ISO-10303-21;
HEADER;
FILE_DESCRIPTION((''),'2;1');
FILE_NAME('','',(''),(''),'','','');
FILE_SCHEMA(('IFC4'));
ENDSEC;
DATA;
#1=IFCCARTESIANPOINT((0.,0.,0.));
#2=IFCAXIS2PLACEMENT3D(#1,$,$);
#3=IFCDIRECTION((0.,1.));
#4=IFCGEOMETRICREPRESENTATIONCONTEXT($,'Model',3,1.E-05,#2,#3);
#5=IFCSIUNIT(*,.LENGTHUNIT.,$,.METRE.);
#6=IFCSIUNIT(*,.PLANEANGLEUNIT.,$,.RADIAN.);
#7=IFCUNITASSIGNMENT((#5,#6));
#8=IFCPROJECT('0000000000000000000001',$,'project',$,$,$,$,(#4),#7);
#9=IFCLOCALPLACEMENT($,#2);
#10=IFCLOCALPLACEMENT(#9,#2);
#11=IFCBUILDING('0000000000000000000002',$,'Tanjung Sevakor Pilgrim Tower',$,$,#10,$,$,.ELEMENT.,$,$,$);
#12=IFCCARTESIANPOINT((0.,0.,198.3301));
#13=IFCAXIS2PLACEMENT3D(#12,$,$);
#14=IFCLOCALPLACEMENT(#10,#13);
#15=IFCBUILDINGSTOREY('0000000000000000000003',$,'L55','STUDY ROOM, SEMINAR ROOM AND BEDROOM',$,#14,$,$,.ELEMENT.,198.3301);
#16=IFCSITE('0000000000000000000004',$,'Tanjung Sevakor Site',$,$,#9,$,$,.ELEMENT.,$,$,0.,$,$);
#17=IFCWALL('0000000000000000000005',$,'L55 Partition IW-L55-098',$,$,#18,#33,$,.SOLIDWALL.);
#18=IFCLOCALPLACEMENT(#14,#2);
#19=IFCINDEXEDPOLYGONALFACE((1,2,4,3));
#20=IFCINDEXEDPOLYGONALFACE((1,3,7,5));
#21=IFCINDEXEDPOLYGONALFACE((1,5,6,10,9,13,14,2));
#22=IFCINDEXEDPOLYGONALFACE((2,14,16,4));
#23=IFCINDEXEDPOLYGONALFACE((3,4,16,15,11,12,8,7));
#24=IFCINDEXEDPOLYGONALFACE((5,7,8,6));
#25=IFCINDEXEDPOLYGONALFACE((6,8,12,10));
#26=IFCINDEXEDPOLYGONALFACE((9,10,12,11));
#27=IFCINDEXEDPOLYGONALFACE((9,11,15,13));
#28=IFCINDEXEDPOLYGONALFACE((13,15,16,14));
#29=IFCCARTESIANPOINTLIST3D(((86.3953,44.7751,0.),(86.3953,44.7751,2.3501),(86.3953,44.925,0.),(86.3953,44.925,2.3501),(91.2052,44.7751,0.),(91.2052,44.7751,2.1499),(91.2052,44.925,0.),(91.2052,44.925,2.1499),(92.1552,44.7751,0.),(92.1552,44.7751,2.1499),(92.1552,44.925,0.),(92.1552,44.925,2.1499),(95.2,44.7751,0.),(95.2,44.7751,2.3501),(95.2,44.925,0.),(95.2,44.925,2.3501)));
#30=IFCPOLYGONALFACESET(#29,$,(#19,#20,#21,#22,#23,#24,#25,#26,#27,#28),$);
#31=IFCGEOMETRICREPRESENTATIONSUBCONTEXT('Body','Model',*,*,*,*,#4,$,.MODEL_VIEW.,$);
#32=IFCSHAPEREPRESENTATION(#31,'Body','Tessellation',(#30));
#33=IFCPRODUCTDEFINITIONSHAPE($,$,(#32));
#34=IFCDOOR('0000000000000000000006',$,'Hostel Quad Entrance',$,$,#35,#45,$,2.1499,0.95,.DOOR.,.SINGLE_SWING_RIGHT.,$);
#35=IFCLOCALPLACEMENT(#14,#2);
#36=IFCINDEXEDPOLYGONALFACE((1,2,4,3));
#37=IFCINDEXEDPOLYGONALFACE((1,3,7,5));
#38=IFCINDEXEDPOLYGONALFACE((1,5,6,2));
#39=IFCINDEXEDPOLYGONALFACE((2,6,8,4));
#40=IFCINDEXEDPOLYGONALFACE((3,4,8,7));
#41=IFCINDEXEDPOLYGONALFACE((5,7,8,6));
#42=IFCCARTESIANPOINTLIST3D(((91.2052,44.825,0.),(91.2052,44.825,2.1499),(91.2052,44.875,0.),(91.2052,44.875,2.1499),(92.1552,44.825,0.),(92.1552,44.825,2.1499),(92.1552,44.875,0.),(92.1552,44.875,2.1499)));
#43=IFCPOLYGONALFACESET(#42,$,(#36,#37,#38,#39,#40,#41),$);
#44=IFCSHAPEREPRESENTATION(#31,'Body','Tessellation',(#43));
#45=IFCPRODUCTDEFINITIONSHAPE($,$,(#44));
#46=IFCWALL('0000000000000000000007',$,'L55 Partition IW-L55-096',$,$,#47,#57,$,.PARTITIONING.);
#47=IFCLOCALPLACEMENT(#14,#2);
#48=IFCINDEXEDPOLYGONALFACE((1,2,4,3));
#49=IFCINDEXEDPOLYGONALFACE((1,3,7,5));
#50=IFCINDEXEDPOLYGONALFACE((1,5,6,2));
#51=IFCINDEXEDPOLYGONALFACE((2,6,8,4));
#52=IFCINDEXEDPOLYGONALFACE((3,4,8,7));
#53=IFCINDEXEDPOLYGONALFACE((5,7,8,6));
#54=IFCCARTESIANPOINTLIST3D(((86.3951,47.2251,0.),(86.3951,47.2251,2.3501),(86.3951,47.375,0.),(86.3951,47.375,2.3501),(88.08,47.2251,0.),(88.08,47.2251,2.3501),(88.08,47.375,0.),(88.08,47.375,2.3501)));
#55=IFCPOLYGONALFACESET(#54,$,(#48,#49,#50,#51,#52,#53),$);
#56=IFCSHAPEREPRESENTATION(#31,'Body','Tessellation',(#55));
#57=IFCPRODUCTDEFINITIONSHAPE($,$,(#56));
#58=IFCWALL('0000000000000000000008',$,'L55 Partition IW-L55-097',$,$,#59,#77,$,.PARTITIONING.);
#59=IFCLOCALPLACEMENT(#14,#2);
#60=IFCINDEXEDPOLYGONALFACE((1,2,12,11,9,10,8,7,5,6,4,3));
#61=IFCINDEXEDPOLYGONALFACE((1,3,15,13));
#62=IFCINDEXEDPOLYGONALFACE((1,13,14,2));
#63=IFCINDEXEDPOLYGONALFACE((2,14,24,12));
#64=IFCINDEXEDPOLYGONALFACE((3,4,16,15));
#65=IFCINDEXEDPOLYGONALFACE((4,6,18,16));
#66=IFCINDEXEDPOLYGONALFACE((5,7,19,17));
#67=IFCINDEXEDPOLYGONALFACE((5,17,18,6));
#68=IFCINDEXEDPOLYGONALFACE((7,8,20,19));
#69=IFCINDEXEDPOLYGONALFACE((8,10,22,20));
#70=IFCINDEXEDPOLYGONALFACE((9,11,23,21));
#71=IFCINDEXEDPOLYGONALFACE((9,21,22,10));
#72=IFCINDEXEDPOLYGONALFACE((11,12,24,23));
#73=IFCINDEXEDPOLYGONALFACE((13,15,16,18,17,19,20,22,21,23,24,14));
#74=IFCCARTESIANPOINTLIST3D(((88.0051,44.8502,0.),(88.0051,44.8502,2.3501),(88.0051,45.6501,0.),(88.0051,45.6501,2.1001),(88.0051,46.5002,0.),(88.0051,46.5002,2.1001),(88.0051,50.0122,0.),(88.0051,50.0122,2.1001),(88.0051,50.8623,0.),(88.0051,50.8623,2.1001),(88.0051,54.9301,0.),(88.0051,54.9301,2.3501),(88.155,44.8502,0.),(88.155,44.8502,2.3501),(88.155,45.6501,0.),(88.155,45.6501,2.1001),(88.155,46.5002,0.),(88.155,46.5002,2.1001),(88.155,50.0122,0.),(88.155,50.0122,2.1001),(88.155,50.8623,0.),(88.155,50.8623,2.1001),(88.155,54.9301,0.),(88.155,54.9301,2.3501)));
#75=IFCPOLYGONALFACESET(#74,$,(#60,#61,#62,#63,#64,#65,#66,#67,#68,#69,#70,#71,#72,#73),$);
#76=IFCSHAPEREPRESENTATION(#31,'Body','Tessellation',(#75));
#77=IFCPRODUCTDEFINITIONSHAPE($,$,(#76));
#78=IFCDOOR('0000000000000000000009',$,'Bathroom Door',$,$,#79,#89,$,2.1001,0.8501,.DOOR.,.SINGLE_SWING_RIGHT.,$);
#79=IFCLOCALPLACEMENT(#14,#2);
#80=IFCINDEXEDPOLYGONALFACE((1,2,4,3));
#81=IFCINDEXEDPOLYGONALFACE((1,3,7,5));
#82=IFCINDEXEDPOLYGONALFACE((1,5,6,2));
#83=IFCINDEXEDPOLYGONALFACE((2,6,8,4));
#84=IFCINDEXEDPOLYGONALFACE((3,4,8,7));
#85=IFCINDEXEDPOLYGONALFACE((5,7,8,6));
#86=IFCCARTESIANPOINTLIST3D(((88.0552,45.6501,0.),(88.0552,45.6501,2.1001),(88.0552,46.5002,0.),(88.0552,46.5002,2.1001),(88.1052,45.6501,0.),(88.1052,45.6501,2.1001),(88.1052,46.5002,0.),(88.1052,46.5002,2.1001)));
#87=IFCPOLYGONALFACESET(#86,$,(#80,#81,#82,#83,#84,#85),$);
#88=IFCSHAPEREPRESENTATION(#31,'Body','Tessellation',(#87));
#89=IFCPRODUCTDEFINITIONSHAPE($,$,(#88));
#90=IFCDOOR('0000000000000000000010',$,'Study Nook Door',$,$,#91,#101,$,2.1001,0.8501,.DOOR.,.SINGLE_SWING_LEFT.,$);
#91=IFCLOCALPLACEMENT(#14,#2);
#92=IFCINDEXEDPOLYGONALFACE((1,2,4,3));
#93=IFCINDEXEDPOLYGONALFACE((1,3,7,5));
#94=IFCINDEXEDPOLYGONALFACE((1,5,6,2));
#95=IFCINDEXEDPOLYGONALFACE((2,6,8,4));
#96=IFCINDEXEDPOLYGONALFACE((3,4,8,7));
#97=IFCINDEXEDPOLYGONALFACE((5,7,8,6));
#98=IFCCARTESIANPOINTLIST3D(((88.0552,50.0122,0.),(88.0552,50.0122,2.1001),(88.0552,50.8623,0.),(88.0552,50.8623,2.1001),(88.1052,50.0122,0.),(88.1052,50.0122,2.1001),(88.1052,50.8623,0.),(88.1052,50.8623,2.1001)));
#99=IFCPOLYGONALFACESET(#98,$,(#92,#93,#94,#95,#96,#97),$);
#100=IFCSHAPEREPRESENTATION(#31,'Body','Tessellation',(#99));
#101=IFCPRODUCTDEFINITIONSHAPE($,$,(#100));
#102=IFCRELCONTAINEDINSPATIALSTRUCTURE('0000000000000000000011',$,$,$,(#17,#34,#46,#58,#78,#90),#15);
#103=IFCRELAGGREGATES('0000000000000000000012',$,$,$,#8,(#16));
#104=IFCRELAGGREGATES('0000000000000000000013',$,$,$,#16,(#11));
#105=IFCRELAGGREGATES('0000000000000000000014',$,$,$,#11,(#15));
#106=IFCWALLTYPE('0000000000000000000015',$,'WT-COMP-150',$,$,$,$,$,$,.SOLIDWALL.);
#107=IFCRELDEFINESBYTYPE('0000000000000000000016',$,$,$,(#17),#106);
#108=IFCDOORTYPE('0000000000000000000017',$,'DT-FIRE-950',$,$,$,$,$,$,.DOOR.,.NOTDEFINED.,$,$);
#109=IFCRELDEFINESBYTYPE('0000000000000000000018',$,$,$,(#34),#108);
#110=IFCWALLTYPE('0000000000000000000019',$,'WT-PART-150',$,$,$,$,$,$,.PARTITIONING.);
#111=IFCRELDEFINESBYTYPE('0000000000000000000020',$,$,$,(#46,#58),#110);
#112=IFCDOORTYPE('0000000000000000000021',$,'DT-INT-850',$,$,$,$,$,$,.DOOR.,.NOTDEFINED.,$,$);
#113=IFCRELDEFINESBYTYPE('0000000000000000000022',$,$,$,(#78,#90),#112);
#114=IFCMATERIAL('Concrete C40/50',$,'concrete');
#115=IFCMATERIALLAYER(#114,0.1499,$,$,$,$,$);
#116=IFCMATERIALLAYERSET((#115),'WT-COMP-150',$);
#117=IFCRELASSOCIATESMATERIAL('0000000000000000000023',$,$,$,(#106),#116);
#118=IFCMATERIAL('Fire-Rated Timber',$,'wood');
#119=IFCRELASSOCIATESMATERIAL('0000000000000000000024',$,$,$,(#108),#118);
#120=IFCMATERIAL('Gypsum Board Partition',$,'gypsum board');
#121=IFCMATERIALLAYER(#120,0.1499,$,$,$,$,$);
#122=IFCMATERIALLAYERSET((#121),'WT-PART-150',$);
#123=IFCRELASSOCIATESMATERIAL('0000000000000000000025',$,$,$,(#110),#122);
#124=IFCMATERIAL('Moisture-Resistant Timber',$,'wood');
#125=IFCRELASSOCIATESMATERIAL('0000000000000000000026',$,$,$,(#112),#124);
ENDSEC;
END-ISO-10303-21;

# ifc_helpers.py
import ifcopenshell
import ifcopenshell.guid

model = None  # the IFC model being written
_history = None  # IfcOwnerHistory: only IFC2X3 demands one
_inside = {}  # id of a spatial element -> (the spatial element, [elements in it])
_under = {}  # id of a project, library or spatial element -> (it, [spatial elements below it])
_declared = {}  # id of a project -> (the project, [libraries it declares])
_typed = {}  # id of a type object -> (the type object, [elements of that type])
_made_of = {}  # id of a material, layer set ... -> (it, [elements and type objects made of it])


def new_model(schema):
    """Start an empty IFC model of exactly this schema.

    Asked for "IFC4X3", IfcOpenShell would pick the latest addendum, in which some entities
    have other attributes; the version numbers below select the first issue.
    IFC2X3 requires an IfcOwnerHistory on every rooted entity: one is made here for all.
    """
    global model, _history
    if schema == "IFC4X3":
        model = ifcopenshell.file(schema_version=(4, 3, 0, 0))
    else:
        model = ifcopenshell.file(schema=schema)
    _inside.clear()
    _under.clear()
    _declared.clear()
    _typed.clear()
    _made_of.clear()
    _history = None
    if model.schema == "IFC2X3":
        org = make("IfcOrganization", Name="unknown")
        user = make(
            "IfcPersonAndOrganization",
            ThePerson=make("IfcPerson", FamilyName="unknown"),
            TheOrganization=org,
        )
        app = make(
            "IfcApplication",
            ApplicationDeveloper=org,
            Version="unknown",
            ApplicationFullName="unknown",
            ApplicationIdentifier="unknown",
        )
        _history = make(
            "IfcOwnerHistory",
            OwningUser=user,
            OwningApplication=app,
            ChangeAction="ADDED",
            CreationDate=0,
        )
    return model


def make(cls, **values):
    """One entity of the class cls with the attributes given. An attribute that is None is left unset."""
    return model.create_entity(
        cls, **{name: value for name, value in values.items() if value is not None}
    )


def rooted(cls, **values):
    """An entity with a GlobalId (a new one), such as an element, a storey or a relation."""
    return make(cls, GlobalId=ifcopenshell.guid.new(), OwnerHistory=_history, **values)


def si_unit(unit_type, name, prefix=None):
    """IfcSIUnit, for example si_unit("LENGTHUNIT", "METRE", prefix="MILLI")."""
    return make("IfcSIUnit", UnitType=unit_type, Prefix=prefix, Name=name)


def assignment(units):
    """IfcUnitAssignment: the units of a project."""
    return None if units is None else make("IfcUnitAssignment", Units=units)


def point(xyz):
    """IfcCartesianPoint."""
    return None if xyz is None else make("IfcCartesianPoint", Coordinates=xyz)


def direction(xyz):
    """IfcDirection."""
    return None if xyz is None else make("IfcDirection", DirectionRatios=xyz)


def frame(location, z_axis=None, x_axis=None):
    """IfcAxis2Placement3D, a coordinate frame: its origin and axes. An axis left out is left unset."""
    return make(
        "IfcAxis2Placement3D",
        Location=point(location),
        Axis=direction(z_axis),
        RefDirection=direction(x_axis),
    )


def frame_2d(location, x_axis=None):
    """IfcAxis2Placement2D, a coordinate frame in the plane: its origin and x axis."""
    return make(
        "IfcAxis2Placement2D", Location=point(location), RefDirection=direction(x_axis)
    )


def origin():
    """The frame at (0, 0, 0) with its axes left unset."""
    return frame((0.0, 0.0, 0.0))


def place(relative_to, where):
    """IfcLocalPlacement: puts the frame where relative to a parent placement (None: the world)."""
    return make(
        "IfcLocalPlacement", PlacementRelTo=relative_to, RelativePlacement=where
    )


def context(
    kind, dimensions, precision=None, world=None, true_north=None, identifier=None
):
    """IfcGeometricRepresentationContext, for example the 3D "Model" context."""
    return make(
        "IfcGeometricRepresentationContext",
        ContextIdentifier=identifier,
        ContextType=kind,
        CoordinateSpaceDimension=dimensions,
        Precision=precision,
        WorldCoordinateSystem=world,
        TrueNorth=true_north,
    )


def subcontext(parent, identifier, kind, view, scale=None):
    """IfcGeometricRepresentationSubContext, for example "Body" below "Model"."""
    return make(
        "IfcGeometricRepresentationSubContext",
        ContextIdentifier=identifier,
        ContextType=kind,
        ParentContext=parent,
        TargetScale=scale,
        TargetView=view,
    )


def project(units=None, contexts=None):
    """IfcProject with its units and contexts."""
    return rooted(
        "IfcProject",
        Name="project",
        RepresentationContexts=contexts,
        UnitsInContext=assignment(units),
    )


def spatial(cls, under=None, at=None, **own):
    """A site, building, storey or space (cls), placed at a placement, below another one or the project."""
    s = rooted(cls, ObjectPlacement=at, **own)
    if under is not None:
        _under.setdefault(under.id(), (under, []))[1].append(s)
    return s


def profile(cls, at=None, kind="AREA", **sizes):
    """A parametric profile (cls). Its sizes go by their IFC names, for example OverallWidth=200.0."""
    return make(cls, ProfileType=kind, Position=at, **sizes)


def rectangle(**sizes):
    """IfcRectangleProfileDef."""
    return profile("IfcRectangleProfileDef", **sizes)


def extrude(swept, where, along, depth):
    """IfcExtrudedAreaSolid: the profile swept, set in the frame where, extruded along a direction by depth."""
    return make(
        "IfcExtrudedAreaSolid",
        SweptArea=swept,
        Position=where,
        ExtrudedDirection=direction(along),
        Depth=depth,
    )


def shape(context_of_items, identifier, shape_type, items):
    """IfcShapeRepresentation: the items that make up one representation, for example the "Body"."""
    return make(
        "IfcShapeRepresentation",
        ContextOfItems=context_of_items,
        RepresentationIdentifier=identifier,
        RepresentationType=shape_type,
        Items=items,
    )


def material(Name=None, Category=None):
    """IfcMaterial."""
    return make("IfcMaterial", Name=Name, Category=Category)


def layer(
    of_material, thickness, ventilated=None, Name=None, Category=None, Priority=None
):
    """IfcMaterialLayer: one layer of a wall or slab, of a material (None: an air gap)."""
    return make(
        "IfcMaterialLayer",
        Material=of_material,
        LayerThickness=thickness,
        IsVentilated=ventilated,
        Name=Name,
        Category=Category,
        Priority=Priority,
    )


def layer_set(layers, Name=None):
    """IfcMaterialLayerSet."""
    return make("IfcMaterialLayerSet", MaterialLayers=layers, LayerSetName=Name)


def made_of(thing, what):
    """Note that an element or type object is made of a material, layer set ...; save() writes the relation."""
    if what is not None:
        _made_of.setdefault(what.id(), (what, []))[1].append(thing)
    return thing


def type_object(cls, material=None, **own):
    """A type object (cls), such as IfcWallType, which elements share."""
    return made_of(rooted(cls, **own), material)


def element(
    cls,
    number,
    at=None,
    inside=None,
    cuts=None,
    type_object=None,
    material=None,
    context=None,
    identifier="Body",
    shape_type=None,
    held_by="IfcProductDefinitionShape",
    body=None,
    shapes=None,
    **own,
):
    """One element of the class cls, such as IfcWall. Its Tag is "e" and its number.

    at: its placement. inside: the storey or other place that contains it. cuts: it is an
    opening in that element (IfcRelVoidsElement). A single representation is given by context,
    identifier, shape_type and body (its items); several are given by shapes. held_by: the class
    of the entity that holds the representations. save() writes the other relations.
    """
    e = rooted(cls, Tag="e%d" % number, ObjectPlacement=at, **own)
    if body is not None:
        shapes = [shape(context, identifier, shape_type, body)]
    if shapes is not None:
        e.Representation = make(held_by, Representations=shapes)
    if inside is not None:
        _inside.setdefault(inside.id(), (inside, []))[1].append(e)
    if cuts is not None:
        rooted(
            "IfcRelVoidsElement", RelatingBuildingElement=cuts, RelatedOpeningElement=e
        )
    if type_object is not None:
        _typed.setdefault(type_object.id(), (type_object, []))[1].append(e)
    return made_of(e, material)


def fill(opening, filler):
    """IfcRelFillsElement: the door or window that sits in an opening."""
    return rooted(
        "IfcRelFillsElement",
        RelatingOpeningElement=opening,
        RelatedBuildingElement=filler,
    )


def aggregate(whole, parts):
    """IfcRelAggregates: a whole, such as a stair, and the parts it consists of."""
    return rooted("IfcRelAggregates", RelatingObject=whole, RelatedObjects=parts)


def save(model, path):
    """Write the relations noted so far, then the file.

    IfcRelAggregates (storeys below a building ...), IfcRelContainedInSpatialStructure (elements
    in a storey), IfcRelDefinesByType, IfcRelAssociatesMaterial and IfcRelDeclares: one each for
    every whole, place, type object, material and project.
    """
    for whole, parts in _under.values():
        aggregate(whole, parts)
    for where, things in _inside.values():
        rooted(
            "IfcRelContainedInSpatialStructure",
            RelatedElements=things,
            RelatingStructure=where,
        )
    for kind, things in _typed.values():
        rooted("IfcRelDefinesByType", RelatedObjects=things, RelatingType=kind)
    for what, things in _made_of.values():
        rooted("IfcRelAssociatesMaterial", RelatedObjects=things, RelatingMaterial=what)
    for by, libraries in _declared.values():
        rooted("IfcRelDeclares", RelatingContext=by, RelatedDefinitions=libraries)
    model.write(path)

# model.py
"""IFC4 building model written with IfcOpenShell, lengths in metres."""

from ifc_helpers import new_model, si_unit, direction, frame, frame_2d, origin, place, context, subcontext, project, spatial, rectangle, extrude, material, layer, layer_set, type_object, element, fill, save


model = new_model("IFC4")

# Units and contexts
model_context = context("Model", 3, precision=1e-05, world=origin(), true_north=direction((0.0, 1.0)))
body_context = subcontext(model_context, "Body", "Model", "MODEL_VIEW")
ifc_project = project(units=[si_unit("LENGTHUNIT", "METRE"), si_unit("PLANEANGLEUNIT", "RADIAN")], contexts=[model_context])

# Site, building, storey
site_placement = place(None, origin())
site = spatial("IfcSite", under=ifc_project, at=site_placement, Name="Tanjung Sevakor Site", CompositionType="ELEMENT", RefElevation=0.0)
building_placement = place(site_placement, origin())
building = spatial("IfcBuilding", under=site, at=building_placement, Name="Tanjung Sevakor Pilgrim Tower", CompositionType="ELEMENT")
storey_placement = place(building_placement, frame((0.0, 0.0, 198.3301)))
storey = spatial("IfcBuildingStorey", under=building, at=storey_placement, Name="L55", Description="STUDY ROOM, SEMINAR ROOM AND BEDROOM", CompositionType="ELEMENT", Elevation=198.3301)

# Shared definitions
ifc_material_1 = material(Name="Concrete C40/50", Category="concrete")
ifc_layer_1 = layer(ifc_material_1, 0.1499)
ifc_layer_set_1 = layer_set([ifc_layer_1], Name="WT-COMP-150")
wall_type_1 = type_object("IfcWallType", Name="WT-COMP-150", PredefinedType="SOLIDWALL", material=ifc_layer_set_1)

# Wall, opening, door
wall_1_placement = place(storey_placement, frame((86.3953, 44.8501, 0.0), z_axis=(0.0, 0.0, 1.0), x_axis=(1.0, 0.0, 0.0)))
wall_1 = element("IfcWall", 1, at=wall_1_placement, inside=storey, type_object=wall_type_1, Name="L55 Partition IW-L55-098", PredefinedType="SOLIDWALL", context=body_context, shape_type="SweptSolid", body=[
    extrude(rectangle(XDim=8.8047, YDim=0.1499, at=frame_2d((4.4023, 0.0))), origin(), (0.0, 0.0, 1.0), 2.3501),
])
opening_1_placement = place(wall_1_placement, frame((4.8098, 0.0, 0.0)))
opening_1 = element("IfcOpeningElement", 2, at=opening_1_placement, cuts=wall_1, PredefinedType="OPENING", context=body_context, shape_type="SweptSolid", body=[
    extrude(rectangle(XDim=0.95, YDim=2.1499, at=frame_2d((0.4751, 1.075))), frame((0.0, 0.085, 0.0), z_axis=(0.0, -1.0, 0.0), x_axis=(1.0, 0.0, 0.0)), (0.0, 0.0, 1.0), 0.1699),
])
ifc_material_2 = material(Name="Fire-Rated Timber", Category="wood")
door_type_1 = type_object("IfcDoorType", Name="DT-FIRE-950", OperationType="NOTDEFINED", PredefinedType="DOOR", material=ifc_material_2)
door_1_placement = place(opening_1_placement, origin())
door_1 = element("IfcDoor", 3, at=door_1_placement, inside=storey, type_object=door_type_1, Name="Hostel Quad Entrance", OperationType="SINGLE_SWING_RIGHT", OverallHeight=2.1499, OverallWidth=0.95, PredefinedType="DOOR", context=body_context, shape_type="SweptSolid", body=[
    extrude(rectangle(XDim=0.95, YDim=2.1499, at=frame_2d((0.4751, 1.075))), frame((0.0, 0.0249, 0.0), z_axis=(0.0, -1.0, 0.0), x_axis=(1.0, 0.0, 0.0)), (0.0, 0.0, 1.0), 0.05),
])
fill(opening_1, door_1)

# Wall
ifc_material_3 = material(Name="Gypsum Board Partition", Category="gypsum board")
ifc_layer_2 = layer(ifc_material_3, 0.1499)
ifc_layer_set_2 = layer_set([ifc_layer_2], Name="WT-PART-150")
wall_type_2 = type_object("IfcWallType", Name="WT-PART-150", PredefinedType="PARTITIONING", material=ifc_layer_set_2)
wall_2_placement = place(storey_placement, frame((86.3953, 47.3, 0.0), z_axis=(0.0, 0.0, 1.0), x_axis=(1.0, 0.0, 0.0)))
element("IfcWall", 4, at=wall_2_placement, inside=storey, type_object=wall_type_2, Name="L55 Partition IW-L55-096", PredefinedType="PARTITIONING", context=body_context, shape_type="SweptSolid", body=[
    extrude(rectangle(XDim=1.6848, YDim=0.1499, at=frame_2d((0.8423, 0.0))), origin(), (0.0, 0.0, 1.0), 2.3501),
])

# Wall, openings, doors
wall_3_placement = place(storey_placement, frame((88.0801, 44.8501, 0.0), z_axis=(0.0, 0.0, 1.0), x_axis=(0.0, 1.0, 0.0)))
wall_3 = element("IfcWall", 5, at=wall_3_placement, inside=storey, type_object=wall_type_2, Name="L55 Partition IW-L55-097", PredefinedType="PARTITIONING", context=body_context, shape_type="SweptSolid", body=[
    extrude(rectangle(XDim=10.0798, YDim=0.1499, at=frame_2d((5.04, 0.0))), origin(), (0.0, 0.0, 1.0), 2.3501),
])
opening_2_placement = place(wall_3_placement, frame((0.8, 0.0, 0.0)))
opening_2 = element("IfcOpeningElement", 6, at=opening_2_placement, cuts=wall_3, PredefinedType="OPENING", context=body_context, shape_type="SweptSolid", body=[
    extrude(rectangle(XDim=0.8501, YDim=2.1001, at=frame_2d((0.425, 1.05))), frame((0.0, 0.085, 0.0), z_axis=(0.0, -1.0, 0.0), x_axis=(1.0, 0.0, 0.0)), (0.0, 0.0, 1.0), 0.1699),
])
opening_3_placement = place(wall_3_placement, frame((5.1621, 0.0, 0.0)))
opening_3 = element("IfcOpeningElement", 7, at=opening_3_placement, cuts=wall_3, PredefinedType="OPENING", context=body_context, shape_type="SweptSolid", body=[
    extrude(rectangle(XDim=0.8501, YDim=2.1001, at=frame_2d((0.425, 1.05))), frame((0.0, 0.085, 0.0), z_axis=(0.0, -1.0, 0.0), x_axis=(1.0, 0.0, 0.0)), (0.0, 0.0, 1.0), 0.1699),
])
ifc_material_4 = material(Name="Moisture-Resistant Timber", Category="wood")
door_type_2 = type_object("IfcDoorType", Name="DT-INT-850", OperationType="NOTDEFINED", PredefinedType="DOOR", material=ifc_material_4)
door_2_placement = place(opening_2_placement, origin())
door_2 = element("IfcDoor", 8, at=door_2_placement, inside=storey, type_object=door_type_2, Name="Bathroom Door", OperationType="SINGLE_SWING_RIGHT", OverallHeight=2.1001, OverallWidth=0.8501, PredefinedType="DOOR", context=body_context, shape_type="SweptSolid", body=[
    extrude(rectangle(XDim=0.8501, YDim=2.1001, at=frame_2d((0.425, 1.05))), frame((0.0, 0.0249, 0.0), z_axis=(0.0, -1.0, 0.0), x_axis=(1.0, 0.0, 0.0)), (0.0, 0.0, 1.0), 0.05),
])
fill(opening_2, door_2)
door_3_placement = place(opening_3_placement, origin())
door_3 = element("IfcDoor", 9, at=door_3_placement, inside=storey, type_object=door_type_2, Name="Study Nook Door", OperationType="SINGLE_SWING_LEFT", OverallHeight=2.1001, OverallWidth=0.8501, PredefinedType="DOOR", context=body_context, shape_type="SweptSolid", body=[
    extrude(rectangle(XDim=0.8501, YDim=2.1001, at=frame_2d((0.425, 1.05))), frame((0.0, 0.0249, 0.0), z_axis=(0.0, -1.0, 0.0), x_axis=(1.0, 0.0, 0.0)), (0.0, 0.0, 1.0), 0.05),
])
fill(opening_3, door_3)

save(model, "model.ifc")
